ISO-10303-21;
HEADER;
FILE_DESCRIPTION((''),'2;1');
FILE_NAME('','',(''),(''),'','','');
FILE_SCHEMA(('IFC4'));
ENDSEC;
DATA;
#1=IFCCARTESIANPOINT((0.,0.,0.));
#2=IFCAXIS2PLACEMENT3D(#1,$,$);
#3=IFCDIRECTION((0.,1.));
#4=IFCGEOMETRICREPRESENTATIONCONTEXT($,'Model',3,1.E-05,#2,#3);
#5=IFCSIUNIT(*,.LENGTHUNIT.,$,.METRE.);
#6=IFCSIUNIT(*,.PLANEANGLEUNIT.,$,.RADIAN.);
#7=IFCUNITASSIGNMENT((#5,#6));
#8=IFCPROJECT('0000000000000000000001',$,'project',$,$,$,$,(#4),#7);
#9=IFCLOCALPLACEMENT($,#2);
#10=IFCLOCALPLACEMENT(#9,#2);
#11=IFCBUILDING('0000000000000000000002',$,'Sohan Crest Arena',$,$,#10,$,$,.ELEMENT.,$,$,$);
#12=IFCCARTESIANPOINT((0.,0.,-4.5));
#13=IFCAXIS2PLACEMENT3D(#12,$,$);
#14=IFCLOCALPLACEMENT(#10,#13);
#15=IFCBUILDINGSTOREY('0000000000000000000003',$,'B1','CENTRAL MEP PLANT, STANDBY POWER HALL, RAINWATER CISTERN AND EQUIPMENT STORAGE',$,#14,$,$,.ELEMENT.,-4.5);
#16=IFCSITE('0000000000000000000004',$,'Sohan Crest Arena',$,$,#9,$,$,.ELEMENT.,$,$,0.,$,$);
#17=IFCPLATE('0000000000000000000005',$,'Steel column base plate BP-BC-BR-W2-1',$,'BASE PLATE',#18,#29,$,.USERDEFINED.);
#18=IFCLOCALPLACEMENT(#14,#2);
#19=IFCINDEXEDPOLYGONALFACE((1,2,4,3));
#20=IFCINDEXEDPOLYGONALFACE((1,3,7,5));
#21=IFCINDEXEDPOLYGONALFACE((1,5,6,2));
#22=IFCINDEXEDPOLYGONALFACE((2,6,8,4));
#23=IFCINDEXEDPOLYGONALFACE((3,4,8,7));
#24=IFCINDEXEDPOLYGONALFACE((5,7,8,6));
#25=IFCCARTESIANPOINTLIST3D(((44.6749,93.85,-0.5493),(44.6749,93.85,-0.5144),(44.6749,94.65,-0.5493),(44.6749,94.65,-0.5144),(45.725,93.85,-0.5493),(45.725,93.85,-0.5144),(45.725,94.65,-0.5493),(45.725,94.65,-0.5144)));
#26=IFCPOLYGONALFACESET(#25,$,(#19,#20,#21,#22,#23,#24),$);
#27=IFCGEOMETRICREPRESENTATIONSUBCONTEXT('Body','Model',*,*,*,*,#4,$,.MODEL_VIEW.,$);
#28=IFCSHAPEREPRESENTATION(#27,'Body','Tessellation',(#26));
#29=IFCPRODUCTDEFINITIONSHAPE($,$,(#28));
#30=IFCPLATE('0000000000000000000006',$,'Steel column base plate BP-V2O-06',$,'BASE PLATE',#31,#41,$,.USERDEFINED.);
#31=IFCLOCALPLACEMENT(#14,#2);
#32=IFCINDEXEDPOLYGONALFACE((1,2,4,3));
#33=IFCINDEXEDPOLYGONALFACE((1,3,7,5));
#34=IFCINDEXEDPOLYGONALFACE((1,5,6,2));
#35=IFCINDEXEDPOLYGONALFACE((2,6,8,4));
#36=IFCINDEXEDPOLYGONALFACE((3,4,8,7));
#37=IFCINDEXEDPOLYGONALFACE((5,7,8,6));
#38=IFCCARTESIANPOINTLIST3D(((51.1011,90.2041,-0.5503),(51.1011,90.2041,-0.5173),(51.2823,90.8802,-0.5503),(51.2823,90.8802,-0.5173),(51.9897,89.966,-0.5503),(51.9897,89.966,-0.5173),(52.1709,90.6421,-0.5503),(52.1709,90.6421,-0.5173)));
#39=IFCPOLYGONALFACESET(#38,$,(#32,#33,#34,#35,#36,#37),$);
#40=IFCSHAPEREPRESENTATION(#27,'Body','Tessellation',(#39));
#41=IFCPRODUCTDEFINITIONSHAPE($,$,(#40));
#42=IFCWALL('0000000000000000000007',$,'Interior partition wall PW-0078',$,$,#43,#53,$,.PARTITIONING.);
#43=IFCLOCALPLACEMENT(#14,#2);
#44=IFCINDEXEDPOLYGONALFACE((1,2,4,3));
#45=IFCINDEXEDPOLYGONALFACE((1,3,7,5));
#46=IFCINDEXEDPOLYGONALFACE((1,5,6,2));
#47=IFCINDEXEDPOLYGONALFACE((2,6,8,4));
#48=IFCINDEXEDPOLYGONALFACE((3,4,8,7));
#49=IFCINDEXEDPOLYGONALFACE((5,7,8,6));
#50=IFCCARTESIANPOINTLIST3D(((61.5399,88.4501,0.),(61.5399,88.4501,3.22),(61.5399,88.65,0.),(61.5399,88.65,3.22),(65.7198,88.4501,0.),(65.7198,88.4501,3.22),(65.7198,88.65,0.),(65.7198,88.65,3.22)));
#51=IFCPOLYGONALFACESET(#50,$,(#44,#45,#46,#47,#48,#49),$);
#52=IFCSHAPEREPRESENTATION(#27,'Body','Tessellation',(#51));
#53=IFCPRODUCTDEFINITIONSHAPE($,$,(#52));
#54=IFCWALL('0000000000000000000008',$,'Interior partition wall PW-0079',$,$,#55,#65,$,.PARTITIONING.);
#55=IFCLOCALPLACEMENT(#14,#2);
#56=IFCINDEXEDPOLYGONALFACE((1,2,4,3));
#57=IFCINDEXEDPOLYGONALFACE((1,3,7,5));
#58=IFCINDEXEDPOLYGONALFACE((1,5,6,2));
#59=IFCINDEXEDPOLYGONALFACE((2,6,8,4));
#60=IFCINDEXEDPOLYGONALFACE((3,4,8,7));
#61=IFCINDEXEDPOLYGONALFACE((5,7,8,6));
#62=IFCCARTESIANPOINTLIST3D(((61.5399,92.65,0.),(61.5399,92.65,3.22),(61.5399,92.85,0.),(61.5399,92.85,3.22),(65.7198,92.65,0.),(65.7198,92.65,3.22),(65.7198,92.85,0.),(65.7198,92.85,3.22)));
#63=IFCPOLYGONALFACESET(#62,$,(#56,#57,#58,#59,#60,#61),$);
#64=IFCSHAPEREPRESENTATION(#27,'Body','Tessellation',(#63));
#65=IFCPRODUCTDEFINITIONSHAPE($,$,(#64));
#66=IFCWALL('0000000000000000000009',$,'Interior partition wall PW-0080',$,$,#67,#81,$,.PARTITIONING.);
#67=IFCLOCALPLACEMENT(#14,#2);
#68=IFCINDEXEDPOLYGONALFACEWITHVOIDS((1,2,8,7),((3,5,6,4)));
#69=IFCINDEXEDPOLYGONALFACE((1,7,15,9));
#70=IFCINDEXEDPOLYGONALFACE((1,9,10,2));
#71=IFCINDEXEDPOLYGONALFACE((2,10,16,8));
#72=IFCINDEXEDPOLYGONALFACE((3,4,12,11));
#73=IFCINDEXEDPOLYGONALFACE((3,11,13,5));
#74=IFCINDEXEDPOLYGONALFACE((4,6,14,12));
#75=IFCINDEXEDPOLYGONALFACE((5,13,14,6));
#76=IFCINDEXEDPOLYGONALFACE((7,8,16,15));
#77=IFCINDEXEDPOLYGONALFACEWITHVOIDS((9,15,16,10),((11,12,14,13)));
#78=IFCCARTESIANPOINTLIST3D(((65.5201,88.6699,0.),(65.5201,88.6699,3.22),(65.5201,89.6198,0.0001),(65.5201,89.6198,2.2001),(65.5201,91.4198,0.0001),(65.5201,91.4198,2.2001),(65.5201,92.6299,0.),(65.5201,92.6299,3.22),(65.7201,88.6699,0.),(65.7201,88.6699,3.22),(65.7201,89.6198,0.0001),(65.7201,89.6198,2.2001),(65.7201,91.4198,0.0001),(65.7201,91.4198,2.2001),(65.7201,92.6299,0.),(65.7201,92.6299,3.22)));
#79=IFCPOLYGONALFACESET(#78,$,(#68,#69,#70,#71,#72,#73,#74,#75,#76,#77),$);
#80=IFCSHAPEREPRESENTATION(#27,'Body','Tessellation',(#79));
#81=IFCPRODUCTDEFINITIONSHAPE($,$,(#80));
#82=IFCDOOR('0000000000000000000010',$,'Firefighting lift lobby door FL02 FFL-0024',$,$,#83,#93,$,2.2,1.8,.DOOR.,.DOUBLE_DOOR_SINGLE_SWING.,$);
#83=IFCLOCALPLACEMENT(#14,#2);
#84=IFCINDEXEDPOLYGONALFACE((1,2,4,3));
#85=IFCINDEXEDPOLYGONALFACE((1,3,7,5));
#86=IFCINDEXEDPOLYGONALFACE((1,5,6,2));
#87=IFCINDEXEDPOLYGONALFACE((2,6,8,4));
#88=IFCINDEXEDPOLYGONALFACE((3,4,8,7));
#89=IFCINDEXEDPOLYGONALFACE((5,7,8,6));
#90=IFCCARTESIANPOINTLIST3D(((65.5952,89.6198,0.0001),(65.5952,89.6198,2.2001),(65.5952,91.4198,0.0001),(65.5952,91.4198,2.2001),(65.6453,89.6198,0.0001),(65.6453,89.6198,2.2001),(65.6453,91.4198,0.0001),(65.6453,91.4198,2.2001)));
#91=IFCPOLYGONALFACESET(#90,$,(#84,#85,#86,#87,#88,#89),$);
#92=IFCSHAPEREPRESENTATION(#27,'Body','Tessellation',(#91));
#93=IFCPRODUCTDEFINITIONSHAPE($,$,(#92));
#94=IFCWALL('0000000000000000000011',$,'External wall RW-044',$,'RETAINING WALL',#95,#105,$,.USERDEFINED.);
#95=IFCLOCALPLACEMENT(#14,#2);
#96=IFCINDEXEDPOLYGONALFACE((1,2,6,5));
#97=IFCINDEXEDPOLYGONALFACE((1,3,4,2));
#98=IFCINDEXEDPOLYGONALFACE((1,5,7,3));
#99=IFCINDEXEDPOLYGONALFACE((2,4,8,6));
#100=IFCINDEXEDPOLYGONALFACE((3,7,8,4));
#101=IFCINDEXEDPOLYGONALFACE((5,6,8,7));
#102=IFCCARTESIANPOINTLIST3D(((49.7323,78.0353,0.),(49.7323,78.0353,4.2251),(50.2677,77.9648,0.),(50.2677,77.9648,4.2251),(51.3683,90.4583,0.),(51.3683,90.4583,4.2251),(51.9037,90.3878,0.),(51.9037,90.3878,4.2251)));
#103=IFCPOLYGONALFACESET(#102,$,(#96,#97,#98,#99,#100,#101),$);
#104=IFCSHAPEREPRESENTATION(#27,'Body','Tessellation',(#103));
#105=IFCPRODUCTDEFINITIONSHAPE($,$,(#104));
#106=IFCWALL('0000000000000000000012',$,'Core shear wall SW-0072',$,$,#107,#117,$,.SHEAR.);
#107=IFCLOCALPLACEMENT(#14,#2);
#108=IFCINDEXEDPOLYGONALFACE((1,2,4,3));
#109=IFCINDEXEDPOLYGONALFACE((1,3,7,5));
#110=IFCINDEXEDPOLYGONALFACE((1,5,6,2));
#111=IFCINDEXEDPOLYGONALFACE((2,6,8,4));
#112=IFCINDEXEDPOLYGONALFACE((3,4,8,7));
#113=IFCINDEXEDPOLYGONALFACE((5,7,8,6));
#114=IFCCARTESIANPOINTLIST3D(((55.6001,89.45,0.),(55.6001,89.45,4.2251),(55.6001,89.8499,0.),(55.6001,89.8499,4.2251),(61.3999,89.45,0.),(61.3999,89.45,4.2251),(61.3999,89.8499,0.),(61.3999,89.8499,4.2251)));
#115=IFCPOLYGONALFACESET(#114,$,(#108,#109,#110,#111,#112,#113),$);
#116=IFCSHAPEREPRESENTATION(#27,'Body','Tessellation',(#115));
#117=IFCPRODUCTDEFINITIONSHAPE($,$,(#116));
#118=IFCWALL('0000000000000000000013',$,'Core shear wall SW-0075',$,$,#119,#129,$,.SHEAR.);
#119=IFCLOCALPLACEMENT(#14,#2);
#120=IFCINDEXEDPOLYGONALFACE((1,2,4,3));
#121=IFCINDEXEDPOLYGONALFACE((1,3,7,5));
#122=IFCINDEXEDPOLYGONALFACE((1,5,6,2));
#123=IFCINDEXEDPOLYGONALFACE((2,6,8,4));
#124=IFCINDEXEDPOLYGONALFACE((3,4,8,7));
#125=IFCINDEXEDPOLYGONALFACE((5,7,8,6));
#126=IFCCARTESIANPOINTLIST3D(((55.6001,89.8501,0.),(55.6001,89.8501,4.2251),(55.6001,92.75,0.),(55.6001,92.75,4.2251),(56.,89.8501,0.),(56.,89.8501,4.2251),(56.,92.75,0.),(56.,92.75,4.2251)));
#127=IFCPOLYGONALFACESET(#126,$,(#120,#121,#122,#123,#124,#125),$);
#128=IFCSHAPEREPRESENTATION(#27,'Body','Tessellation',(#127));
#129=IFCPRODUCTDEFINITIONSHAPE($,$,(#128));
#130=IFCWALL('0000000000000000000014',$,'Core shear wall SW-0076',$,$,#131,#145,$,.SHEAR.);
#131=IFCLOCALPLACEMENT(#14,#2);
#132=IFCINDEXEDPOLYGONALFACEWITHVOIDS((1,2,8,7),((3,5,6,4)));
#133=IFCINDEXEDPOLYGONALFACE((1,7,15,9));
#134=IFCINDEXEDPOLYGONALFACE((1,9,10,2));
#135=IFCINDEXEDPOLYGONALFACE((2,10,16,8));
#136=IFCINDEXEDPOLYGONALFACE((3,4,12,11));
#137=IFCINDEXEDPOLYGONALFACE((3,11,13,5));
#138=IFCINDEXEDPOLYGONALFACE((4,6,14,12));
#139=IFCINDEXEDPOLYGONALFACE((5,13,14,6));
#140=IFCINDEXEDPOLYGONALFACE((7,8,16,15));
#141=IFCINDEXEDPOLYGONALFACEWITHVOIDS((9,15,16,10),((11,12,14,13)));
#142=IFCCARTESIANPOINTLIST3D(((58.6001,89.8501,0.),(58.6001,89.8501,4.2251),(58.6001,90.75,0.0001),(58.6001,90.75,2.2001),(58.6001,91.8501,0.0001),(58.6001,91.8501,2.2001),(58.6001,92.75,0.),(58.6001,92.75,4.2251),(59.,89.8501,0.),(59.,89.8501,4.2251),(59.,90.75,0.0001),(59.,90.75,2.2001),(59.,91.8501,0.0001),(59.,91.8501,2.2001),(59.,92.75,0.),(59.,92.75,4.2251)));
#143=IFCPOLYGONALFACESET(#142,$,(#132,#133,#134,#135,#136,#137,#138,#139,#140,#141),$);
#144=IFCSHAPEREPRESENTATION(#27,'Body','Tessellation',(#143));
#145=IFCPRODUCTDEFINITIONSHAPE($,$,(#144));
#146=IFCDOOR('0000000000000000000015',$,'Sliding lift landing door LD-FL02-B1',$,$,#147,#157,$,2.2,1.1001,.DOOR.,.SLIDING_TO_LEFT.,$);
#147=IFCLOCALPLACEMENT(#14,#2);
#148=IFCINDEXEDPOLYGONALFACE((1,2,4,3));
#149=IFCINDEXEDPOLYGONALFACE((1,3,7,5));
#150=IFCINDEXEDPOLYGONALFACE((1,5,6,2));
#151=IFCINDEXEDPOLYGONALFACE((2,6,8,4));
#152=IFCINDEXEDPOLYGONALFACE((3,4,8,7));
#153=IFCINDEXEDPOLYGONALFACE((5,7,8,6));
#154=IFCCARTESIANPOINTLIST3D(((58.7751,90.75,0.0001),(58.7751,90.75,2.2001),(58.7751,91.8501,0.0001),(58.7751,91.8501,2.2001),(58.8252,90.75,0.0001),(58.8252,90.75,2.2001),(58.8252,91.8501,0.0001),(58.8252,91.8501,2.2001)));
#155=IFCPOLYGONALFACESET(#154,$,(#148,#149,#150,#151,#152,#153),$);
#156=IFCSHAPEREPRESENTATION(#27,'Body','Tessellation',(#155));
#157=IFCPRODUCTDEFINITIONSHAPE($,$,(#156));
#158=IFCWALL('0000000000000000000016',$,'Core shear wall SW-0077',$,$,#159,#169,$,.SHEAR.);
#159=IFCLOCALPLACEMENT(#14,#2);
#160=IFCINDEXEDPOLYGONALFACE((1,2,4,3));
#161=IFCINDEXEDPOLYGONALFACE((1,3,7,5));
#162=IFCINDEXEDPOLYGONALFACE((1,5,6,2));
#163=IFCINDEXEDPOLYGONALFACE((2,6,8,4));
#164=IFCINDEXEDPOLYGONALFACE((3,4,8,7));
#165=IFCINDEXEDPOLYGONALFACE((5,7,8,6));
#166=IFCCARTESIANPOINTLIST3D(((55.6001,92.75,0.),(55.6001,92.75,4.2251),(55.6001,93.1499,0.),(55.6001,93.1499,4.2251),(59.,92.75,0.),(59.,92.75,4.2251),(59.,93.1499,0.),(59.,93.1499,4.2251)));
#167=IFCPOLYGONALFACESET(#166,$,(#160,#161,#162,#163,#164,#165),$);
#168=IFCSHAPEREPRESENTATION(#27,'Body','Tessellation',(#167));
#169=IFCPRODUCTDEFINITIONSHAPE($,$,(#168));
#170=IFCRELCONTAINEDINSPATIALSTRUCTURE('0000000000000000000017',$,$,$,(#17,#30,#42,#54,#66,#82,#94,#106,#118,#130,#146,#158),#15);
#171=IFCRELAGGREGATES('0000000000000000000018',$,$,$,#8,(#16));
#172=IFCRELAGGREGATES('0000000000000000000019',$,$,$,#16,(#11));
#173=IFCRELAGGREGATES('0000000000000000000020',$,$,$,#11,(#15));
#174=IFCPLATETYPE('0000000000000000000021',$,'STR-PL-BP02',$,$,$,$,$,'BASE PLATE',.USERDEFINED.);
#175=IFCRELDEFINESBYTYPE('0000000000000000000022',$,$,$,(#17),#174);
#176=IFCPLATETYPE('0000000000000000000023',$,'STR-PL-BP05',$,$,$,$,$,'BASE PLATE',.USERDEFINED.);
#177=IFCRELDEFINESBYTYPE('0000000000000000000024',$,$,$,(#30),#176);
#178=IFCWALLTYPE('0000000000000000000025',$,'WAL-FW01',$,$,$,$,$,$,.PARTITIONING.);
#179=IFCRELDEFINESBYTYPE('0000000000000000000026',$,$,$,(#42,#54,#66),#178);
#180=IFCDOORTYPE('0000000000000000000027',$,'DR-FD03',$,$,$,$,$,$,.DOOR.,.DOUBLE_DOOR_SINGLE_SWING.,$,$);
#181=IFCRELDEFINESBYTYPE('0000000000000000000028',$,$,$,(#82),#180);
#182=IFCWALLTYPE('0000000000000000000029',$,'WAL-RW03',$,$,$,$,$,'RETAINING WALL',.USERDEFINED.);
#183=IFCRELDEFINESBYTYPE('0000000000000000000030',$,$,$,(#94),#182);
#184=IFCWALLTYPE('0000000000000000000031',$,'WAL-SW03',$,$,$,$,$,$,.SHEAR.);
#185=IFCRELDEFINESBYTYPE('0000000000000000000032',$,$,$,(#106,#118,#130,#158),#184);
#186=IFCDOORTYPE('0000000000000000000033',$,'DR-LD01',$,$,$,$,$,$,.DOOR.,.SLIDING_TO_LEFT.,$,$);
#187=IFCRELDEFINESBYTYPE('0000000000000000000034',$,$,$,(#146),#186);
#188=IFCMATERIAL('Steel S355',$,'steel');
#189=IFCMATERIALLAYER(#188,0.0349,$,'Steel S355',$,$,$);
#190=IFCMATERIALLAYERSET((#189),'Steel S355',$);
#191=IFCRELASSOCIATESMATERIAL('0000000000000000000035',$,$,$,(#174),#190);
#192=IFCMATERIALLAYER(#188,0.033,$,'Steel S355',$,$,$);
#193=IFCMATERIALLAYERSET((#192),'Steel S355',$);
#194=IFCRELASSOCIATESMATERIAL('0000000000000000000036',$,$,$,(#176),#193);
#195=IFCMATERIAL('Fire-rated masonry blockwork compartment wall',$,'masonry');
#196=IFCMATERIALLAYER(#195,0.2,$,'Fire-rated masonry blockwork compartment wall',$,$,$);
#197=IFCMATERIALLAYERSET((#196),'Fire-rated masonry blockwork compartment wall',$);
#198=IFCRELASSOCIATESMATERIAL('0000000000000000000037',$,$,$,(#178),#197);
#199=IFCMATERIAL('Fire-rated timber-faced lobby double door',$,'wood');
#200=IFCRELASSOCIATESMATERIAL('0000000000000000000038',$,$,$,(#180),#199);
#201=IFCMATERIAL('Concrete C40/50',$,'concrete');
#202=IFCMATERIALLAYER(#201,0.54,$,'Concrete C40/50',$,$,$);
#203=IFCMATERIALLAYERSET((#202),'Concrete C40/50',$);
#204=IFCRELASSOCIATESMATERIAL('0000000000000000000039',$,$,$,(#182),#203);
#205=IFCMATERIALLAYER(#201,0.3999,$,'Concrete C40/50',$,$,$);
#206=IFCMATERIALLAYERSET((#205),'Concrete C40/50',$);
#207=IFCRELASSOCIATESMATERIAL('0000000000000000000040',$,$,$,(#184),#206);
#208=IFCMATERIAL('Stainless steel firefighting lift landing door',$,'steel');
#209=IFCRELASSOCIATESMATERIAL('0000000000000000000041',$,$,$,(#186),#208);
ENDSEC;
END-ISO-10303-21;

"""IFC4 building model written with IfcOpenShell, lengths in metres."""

from ifc_helpers import new_model, si_unit, direction, frame, frame_2d, origin, origin_2d, place, context, subcontext, project, spatial, rectangle, extrude, material, layer, layer_set, type_object, element, fill, save


model = new_model("IFC4")

# Units and contexts
model_context = context("Model", 3, precision=1e-05, world=origin(), true_north=direction((0.0, 1.0)))
body_context = subcontext(model_context, "Body", "Model", "MODEL_VIEW")
ifc_project = project(units=[si_unit("LENGTHUNIT", "METRE"), si_unit("PLANEANGLEUNIT", "RADIAN")], contexts=[model_context])

# Site, building, storey
site_placement = place(None, origin())
site = spatial("IfcSite", under=ifc_project, at=site_placement, Name="Sohan Crest Arena", CompositionType="ELEMENT", RefElevation=0.0)
building_placement = place(site_placement, origin())
building = spatial("IfcBuilding", under=site, at=building_placement, Name="Sohan Crest Arena", CompositionType="ELEMENT")
storey_placement = place(building_placement, frame((0.0, 0.0, -4.5)))
storey = spatial("IfcBuildingStorey", under=building, at=storey_placement, Name="B1", Description="CENTRAL MEP PLANT, STANDBY POWER HALL, RAINWATER CISTERN AND EQUIPMENT STORAGE", CompositionType="ELEMENT", Elevation=-4.5)

# Shared definitions
ifc_material_1 = material(Name="Concrete C40/50", Category="concrete")

# Shared definitions
ifc_material_2 = material(Name="Steel S355", Category="steel")

# Plates
ifc_layer_1 = layer(ifc_material_2, 0.0349, Name="Steel S355")
ifc_layer_set_1 = layer_set([ifc_layer_1], Name="Steel S355")
plate_type_1 = type_object("IfcPlateType", Name="STR-PL-BP02", ElementType="BASE PLATE", PredefinedType="USERDEFINED", material=ifc_layer_set_1)
plate_1_placement = place(storey_placement, frame((45.2, 94.25, -0.5493), z_axis=(0.0, 0.0, 1.0), x_axis=(1.0, 0.0, 0.0)))
element("IfcPlate", 1, at=plate_1_placement, inside=storey, type_object=plate_type_1, Name="Steel column base plate BP-BC-BR-W2-1", ObjectType="BASE PLATE", PredefinedType="USERDEFINED", context=body_context, shape_type="SweptSolid", body=[
    extrude(rectangle(XDim=1.05, YDim=0.8, at=origin_2d()), origin(), (0.0, 0.0, 1.0), 0.0349),
])
ifc_layer_2 = layer(ifc_material_2, 0.033, Name="Steel S355")
ifc_layer_set_2 = layer_set([ifc_layer_2], Name="Steel S355")
plate_type_2 = type_object("IfcPlateType", Name="STR-PL-BP05", ElementType="BASE PLATE", PredefinedType="USERDEFINED", material=ifc_layer_set_2)
plate_2_placement = place(storey_placement, frame((51.636, 90.4231, -0.5503), z_axis=(0.0, 0.0, 1.0), x_axis=(-0.965926, 0.258819, 0.0)))
element("IfcPlate", 2, at=plate_2_placement, inside=storey, type_object=plate_type_2, Name="Steel column base plate BP-V2O-06", ObjectType="BASE PLATE", PredefinedType="USERDEFINED", context=body_context, shape_type="SweptSolid", body=[
    extrude(rectangle(XDim=0.9199, YDim=0.7, at=origin_2d()), origin(), (0.0, 0.0, 1.0), 0.033),
])

# Walls
ifc_material_3 = material(Name="Fire-rated masonry blockwork compartment wall", Category="masonry")
ifc_layer_3 = layer(ifc_material_3, 0.2, Name="Fire-rated masonry blockwork compartment wall")
ifc_layer_set_3 = layer_set([ifc_layer_3], Name="Fire-rated masonry blockwork compartment wall")
wall_type_1 = type_object("IfcWallType", Name="WAL-FW01", PredefinedType="PARTITIONING", material=ifc_layer_set_3)
for number, where, z_axis, x_axis, name in (
    (3, (61.54, 88.55, 0.0), (0.0, 0.0, 1.0), (1.0, 0.0, 0.0), "Interior partition wall PW-0078"),
    (4, (61.54, 92.75, 0.0), (0.0, 0.0, 1.0), (1.0, 0.0, 0.0), "Interior partition wall PW-0079"),
):
    element("IfcWall", number, at=place(storey_placement, frame(where, z_axis=z_axis, x_axis=x_axis)), inside=storey, type_object=wall_type_1, Name=name, PredefinedType="PARTITIONING", context=body_context, shape_type="SweptSolid", body=[
        extrude(rectangle(XDim=4.1799, YDim=0.2, at=frame_2d((2.0898, 0.0))), origin(), (0.0, 0.0, 1.0), 3.22),
    ])

# Wall, opening, door
wall_1_placement = place(storey_placement, frame((65.6201, 88.6699, 0.0), z_axis=(0.0, 0.0, 1.0), x_axis=(0.0, 1.0, 0.0)))
wall_1 = element("IfcWall", 5, at=wall_1_placement, inside=storey, type_object=wall_type_1, Name="Interior partition wall PW-0080", PredefinedType="PARTITIONING", context=body_context, shape_type="SweptSolid", body=[
    extrude(rectangle(XDim=3.96, YDim=0.2, at=frame_2d((1.98, 0.0))), origin(), (0.0, 0.0, 1.0), 3.22),
])
opening_1_placement = place(wall_1_placement, frame((0.95, 0.0, 0.0)))
opening_1 = element("IfcOpeningElement", 6, at=opening_1_placement, cuts=wall_1, PredefinedType="OPENING", context=body_context, shape_type="SweptSolid", body=[
    extrude(rectangle(XDim=1.8, YDim=2.2, at=frame_2d((0.8999, 1.1001))), frame((0.0, 0.1099, 0.0), z_axis=(0.0, -1.0, 0.0), x_axis=(1.0, 0.0, 0.0)), (0.0, 0.0, 1.0), 0.22),
])
ifc_material_4 = material(Name="Fire-rated timber-faced lobby double door", Category="wood")
door_type_1 = type_object("IfcDoorType", Name="DR-FD03", OperationType="DOUBLE_DOOR_SINGLE_SWING", PredefinedType="DOOR", material=ifc_material_4)
door_1_placement = place(opening_1_placement, origin())
door_1 = element("IfcDoor", 7, at=door_1_placement, inside=storey, type_object=door_type_1, Name="Firefighting lift lobby door FL02 FFL-0024", OperationType="DOUBLE_DOOR_SINGLE_SWING", OverallHeight=2.2, OverallWidth=1.8, PredefinedType="DOOR", context=body_context, shape_type="SweptSolid", body=[
    extrude(rectangle(XDim=1.8, YDim=2.2, at=frame_2d((0.8999, 1.1001))), frame((0.0, 0.0249, 0.0), z_axis=(0.0, -1.0, 0.0), x_axis=(1.0, 0.0, 0.0)), (0.0, 0.0, 1.0), 0.05),
])
fill(opening_1, door_1)

# Walls
ifc_layer_4 = layer(ifc_material_1, 0.54, Name="Concrete C40/50")
ifc_layer_set_4 = layer_set([ifc_layer_4], Name="Concrete C40/50")
wall_type_2 = type_object("IfcWallType", Name="WAL-RW03", ElementType="RETAINING WALL", PredefinedType="USERDEFINED", material=ifc_layer_set_4)
wall_2_placement = place(storey_placement, frame((51.636, 90.4231, 0.0), z_axis=(0.0, 0.0, 1.0), x_axis=(-0.130562, -0.99144, 0.0)))
element("IfcWall", 8, at=wall_2_placement, inside=storey, type_object=wall_type_2, Name="External wall RW-044", ObjectType="RETAINING WALL", PredefinedType="USERDEFINED", context=body_context, shape_type="SweptSolid", body=[
    extrude(rectangle(XDim=12.5303, YDim=0.54, at=frame_2d((6.2651, 0.0))), origin(), (0.0, 0.0, 1.0), 4.2251),
])
ifc_layer_5 = layer(ifc_material_1, 0.3999, Name="Concrete C40/50")
ifc_layer_set_5 = layer_set([ifc_layer_5], Name="Concrete C40/50")
wall_type_3 = type_object("IfcWallType", Name="WAL-SW03", PredefinedType="SHEAR", material=ifc_layer_set_5)
wall_3_placement = place(storey_placement, frame((55.6001, 89.6499, 0.0), z_axis=(0.0, 0.0, 1.0), x_axis=(1.0, 0.0, 0.0)))
element("IfcWall", 9, at=wall_3_placement, inside=storey, type_object=wall_type_3, Name="Core shear wall SW-0072", PredefinedType="SHEAR", context=body_context, shape_type="SweptSolid", body=[
    extrude(rectangle(XDim=5.7998, YDim=0.3999, at=frame_2d((2.8999, 0.0))), origin(), (0.0, 0.0, 1.0), 4.2251),
])
wall_4_placement = place(storey_placement, frame((55.8, 89.8501, 0.0), z_axis=(0.0, 0.0, 1.0), x_axis=(0.0, 1.0, 0.0)))
element("IfcWall", 10, at=wall_4_placement, inside=storey, type_object=wall_type_3, Name="Core shear wall SW-0075", PredefinedType="SHEAR", context=body_context, shape_type="SweptSolid", body=[
    extrude(rectangle(XDim=2.8999, YDim=0.3999, at=frame_2d((1.45, 0.0))), origin(), (0.0, 0.0, 1.0), 4.2251),
])

# Wall, opening, door
wall_5_placement = place(storey_placement, frame((58.8, 89.8501, 0.0), z_axis=(0.0, 0.0, 1.0), x_axis=(0.0, 1.0, 0.0)))
wall_5 = element("IfcWall", 11, at=wall_5_placement, inside=storey, type_object=wall_type_3, Name="Core shear wall SW-0076", PredefinedType="SHEAR", context=body_context, shape_type="SweptSolid", body=[
    extrude(rectangle(XDim=2.8999, YDim=0.3999, at=frame_2d((1.45, 0.0))), origin(), (0.0, 0.0, 1.0), 4.2251),
])
opening_2_placement = place(wall_5_placement, frame((0.8999, 0.0, 0.0)))
opening_2 = element("IfcOpeningElement", 12, at=opening_2_placement, cuts=wall_5, PredefinedType="OPENING", context=body_context, shape_type="SweptSolid", body=[
    extrude(rectangle(XDim=1.1001, YDim=2.2, at=frame_2d((0.55, 1.1001))), frame((0.0, 0.21, 0.0), z_axis=(0.0, -1.0, 0.0), x_axis=(1.0, 0.0, 0.0)), (0.0, 0.0, 1.0), 0.4199),
])
ifc_material_5 = material(Name="Stainless steel firefighting lift landing door", Category="steel")
door_type_2 = type_object("IfcDoorType", Name="DR-LD01", OperationType="SLIDING_TO_LEFT", PredefinedType="DOOR", material=ifc_material_5)
door_2_placement = place(opening_2_placement, origin())
door_2 = element("IfcDoor", 13, at=door_2_placement, inside=storey, type_object=door_type_2, Name="Sliding lift landing door LD-FL02-B1", OperationType="SLIDING_TO_LEFT", OverallHeight=2.2, OverallWidth=1.1001, PredefinedType="DOOR", context=body_context, shape_type="SweptSolid", body=[
    extrude(rectangle(XDim=1.1001, YDim=2.2, at=frame_2d((0.55, 1.1001))), frame((0.0, 0.0249, 0.0), z_axis=(0.0, -1.0, 0.0), x_axis=(1.0, 0.0, 0.0)), (0.0, 0.0, 1.0), 0.05),
])
fill(opening_2, door_2)

# Wall
wall_6_placement = place(storey_placement, frame((55.6001, 92.95, 0.0), z_axis=(0.0, 0.0, 1.0), x_axis=(1.0, 0.0, 0.0)))
element("IfcWall", 14, at=wall_6_placement, inside=storey, type_object=wall_type_3, Name="Core shear wall SW-0077", PredefinedType="SHEAR", context=body_context, shape_type="SweptSolid", body=[
    extrude(rectangle(XDim=3.3999, YDim=0.3999, at=frame_2d((1.7, 0.0))), origin(), (0.0, 0.0, 1.0), 4.2251),
])

save(model, "model.ifc")
